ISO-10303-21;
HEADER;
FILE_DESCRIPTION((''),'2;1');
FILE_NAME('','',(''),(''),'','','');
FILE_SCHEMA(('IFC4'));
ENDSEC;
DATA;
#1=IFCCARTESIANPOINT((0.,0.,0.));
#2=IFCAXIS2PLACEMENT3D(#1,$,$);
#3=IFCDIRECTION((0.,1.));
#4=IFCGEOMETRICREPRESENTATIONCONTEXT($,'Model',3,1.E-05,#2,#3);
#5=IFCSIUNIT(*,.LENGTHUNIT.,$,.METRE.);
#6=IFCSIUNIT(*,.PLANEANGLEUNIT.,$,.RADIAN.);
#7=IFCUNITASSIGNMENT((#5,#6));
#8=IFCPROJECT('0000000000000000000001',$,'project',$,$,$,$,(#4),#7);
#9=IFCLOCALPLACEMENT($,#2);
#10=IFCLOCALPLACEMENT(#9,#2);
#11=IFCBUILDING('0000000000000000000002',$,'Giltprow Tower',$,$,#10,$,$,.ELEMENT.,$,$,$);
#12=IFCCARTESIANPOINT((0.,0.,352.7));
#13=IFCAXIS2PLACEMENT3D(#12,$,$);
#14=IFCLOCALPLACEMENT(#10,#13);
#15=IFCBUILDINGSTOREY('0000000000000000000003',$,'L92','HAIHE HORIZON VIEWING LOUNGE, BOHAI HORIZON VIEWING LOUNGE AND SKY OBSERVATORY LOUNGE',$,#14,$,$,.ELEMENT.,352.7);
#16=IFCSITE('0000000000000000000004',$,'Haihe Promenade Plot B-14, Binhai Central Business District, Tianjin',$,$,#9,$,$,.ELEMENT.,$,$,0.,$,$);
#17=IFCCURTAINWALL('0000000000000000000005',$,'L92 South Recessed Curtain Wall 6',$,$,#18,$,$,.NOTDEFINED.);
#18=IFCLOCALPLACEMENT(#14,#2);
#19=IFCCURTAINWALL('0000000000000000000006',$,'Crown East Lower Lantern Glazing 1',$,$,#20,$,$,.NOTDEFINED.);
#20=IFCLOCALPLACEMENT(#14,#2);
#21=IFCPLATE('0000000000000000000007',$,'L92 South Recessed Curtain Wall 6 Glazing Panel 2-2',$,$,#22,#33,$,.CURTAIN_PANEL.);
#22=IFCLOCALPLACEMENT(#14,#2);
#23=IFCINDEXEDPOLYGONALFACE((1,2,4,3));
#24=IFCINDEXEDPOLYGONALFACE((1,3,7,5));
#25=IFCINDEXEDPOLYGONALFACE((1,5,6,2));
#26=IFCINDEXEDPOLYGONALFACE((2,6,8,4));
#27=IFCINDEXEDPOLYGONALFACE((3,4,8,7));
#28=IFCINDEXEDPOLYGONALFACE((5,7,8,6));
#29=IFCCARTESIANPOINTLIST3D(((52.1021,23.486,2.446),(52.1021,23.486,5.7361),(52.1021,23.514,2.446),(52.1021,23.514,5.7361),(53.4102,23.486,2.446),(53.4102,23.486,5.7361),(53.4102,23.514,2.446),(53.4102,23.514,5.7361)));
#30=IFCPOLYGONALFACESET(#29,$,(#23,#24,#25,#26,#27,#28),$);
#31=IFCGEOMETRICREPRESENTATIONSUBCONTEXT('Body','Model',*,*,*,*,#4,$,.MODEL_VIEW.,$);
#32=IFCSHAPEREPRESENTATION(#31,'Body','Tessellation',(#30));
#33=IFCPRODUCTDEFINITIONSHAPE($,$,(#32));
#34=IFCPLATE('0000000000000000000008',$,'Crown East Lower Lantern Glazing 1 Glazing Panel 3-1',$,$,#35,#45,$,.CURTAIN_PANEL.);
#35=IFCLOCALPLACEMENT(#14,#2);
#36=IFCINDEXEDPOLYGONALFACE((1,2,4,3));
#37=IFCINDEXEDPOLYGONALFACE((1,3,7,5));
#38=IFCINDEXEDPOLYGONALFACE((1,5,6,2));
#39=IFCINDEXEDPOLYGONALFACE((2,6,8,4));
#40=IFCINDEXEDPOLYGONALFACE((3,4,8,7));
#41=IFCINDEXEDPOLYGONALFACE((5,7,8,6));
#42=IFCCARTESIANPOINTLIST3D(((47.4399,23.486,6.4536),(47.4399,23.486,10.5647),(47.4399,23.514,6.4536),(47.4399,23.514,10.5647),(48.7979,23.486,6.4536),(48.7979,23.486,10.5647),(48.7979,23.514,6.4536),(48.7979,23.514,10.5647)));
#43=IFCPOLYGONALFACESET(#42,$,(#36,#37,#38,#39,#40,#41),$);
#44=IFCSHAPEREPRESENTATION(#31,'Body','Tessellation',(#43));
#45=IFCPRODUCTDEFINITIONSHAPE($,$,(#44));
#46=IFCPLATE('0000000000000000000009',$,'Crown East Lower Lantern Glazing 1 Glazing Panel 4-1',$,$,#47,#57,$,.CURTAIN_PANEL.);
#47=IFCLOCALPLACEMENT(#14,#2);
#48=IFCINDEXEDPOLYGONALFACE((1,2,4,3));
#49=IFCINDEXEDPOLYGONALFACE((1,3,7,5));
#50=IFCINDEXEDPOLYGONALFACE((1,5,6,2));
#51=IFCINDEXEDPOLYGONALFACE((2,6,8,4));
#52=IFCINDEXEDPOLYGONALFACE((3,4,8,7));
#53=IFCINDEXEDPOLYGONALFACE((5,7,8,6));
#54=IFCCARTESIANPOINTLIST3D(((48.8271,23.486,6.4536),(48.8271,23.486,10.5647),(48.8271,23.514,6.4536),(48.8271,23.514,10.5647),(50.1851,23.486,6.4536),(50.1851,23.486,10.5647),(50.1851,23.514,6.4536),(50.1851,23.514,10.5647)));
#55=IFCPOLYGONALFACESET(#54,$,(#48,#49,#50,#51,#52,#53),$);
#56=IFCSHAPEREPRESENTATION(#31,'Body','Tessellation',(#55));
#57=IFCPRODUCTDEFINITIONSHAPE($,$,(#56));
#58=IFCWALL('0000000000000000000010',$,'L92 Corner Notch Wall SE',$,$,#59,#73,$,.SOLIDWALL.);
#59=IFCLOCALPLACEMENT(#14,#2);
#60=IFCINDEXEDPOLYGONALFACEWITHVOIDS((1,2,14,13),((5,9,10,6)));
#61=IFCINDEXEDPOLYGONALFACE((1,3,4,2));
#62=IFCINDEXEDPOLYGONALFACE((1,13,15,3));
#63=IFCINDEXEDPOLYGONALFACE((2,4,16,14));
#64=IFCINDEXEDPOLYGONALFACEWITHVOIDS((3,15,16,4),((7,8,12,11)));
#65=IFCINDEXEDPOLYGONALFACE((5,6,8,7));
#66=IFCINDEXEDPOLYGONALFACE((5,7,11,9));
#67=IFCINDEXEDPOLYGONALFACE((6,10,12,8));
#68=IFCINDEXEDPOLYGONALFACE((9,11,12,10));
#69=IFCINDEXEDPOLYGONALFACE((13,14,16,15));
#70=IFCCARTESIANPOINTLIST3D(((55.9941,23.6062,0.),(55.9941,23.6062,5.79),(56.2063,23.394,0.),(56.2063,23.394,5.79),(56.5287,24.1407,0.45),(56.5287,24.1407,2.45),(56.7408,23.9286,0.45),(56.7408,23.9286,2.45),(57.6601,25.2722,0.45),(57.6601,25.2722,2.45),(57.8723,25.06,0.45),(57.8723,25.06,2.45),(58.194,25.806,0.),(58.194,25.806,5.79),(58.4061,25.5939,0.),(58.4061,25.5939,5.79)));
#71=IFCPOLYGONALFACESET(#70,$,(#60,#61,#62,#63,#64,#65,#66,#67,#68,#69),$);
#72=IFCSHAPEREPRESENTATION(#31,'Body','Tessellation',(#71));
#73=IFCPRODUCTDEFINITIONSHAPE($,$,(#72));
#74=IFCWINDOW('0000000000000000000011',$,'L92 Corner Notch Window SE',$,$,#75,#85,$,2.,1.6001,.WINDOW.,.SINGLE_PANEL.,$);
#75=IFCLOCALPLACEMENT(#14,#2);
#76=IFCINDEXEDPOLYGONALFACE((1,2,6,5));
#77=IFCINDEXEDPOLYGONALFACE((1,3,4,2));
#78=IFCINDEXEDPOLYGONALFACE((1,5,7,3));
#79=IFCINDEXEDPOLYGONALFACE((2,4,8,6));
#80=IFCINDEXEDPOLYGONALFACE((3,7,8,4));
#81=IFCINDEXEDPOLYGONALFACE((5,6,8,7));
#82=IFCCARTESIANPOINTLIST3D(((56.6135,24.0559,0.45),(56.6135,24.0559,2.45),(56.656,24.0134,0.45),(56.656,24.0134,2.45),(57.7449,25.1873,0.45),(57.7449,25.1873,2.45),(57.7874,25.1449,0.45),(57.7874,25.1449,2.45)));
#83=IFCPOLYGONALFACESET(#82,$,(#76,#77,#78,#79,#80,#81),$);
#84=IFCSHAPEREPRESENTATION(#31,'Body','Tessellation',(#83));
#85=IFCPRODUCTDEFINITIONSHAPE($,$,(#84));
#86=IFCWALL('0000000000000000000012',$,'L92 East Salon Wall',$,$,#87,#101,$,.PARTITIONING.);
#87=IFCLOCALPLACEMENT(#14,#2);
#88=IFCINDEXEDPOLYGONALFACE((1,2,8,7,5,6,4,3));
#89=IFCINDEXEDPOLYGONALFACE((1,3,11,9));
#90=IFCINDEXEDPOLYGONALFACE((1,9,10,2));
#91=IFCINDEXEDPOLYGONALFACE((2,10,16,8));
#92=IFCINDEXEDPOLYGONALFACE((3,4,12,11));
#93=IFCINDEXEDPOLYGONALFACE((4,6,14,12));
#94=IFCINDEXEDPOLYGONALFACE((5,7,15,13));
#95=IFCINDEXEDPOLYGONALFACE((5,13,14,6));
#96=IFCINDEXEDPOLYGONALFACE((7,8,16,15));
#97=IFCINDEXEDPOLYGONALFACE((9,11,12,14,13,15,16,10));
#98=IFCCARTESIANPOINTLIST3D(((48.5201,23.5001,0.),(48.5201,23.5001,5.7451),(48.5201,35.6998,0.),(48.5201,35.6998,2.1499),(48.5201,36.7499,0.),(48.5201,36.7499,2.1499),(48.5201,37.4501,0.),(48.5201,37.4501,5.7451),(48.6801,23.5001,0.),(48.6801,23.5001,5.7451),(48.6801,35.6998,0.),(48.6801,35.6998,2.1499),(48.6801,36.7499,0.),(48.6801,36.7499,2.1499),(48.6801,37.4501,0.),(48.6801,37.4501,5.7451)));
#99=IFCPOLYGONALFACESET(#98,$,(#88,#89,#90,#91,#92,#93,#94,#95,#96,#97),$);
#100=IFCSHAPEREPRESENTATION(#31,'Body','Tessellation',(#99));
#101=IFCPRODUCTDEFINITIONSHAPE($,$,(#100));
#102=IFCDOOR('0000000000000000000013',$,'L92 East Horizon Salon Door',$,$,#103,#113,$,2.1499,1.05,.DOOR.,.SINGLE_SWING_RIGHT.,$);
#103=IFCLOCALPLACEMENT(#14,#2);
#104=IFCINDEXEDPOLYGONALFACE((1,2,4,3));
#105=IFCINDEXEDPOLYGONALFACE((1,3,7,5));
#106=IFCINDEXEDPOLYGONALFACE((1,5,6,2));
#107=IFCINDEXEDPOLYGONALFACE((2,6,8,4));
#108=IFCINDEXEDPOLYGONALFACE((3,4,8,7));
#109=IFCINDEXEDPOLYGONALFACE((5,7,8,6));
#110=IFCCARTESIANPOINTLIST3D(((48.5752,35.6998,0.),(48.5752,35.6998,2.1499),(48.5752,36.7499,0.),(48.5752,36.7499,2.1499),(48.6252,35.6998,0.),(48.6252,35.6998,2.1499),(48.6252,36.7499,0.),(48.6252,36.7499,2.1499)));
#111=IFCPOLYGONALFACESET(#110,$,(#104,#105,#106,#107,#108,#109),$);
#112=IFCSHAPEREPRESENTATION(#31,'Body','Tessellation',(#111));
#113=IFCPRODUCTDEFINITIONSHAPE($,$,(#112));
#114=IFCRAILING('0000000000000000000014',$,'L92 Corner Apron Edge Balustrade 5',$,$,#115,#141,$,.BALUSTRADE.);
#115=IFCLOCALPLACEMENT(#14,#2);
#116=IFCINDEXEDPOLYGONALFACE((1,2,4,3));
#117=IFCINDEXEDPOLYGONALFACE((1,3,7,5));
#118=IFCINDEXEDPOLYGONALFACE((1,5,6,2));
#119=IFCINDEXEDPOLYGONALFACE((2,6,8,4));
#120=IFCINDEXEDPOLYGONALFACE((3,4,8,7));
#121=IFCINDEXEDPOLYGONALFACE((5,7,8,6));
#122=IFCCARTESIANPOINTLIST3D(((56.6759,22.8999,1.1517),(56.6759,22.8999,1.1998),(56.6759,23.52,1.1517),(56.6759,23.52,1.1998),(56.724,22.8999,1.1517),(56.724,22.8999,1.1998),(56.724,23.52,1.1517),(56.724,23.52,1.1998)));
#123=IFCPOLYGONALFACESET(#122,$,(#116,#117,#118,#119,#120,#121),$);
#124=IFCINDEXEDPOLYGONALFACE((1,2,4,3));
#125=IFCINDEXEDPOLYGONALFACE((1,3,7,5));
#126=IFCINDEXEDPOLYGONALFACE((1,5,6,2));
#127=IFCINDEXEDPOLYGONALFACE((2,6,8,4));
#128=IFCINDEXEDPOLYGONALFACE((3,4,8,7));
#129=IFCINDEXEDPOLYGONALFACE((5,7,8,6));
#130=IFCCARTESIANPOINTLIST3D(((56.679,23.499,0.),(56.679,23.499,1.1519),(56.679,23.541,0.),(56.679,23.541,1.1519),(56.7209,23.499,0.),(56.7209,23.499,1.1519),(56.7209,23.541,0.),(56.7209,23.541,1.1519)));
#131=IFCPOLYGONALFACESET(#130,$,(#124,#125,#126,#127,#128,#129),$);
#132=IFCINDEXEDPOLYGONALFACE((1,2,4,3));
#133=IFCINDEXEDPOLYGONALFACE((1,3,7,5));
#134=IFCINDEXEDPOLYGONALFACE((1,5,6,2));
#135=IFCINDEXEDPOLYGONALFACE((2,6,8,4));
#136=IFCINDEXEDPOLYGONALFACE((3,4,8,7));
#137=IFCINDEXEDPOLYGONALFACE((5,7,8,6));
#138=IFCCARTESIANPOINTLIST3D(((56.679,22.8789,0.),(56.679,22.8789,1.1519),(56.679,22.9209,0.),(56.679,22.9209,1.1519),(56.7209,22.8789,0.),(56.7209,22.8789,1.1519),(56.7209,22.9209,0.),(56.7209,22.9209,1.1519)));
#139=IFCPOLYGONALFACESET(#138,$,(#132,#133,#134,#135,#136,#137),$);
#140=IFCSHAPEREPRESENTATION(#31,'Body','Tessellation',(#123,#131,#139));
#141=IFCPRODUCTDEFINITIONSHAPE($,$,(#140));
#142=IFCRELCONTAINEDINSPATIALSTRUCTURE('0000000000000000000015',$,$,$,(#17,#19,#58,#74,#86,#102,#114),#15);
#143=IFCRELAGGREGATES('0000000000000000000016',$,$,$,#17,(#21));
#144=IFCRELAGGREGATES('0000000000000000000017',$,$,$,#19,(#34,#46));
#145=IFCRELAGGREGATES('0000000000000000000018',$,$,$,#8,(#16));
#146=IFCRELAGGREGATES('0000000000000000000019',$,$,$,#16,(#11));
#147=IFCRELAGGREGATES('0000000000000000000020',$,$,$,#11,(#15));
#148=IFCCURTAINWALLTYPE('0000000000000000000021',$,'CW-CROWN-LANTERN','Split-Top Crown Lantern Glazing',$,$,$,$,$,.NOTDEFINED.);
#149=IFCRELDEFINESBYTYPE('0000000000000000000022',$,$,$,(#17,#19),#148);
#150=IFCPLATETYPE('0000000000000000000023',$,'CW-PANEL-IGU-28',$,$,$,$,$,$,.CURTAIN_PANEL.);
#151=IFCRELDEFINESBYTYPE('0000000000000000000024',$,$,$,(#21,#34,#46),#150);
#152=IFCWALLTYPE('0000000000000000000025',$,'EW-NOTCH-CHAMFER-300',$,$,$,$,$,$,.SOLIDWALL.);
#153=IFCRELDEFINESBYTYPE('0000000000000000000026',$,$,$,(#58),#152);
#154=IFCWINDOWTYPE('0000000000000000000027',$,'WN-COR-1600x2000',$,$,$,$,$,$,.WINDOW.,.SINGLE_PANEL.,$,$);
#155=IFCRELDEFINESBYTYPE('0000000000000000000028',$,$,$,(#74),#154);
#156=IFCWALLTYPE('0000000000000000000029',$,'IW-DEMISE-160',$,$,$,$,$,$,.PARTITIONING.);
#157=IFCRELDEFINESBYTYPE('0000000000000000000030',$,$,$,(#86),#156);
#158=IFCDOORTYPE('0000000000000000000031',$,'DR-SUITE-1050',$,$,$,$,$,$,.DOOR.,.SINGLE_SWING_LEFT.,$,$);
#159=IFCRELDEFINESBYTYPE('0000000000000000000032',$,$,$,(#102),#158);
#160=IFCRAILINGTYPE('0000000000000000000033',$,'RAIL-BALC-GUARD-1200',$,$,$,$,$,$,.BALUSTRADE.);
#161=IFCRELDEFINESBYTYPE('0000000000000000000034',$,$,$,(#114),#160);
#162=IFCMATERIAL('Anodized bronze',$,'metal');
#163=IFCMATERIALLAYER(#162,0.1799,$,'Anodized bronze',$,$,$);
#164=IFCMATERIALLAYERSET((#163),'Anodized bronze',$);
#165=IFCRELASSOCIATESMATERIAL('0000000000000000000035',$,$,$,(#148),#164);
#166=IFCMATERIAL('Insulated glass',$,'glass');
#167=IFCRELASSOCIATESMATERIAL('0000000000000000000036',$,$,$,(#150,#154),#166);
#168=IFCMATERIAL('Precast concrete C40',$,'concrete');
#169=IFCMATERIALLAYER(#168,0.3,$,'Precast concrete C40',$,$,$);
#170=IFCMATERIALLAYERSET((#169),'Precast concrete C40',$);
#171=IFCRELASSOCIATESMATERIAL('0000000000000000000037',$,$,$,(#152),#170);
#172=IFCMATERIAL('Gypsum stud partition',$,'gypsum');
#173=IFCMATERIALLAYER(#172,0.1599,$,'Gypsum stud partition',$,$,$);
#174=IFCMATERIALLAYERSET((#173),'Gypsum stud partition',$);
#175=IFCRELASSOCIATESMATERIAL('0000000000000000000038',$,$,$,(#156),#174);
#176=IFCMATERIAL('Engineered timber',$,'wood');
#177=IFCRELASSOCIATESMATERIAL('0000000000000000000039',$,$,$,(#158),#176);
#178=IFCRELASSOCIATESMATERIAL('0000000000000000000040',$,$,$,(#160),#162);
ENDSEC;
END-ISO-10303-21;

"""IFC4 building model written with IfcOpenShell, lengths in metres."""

from ifc_helpers import new_model, si_unit, direction, frame, frame_2d, origin, origin_2d, place, context, subcontext, project, spatial, rectangle, extrude, source, transform, mapped, material, layer, layer_set, type_object, element, fill, aggregate, save


model = new_model("IFC4")

# Units and contexts
model_context = context("Model", 3, precision=1e-05, world=origin(), true_north=direction((0.0, 1.0)))
body_context = subcontext(model_context, "Body", "Model", "MODEL_VIEW")
ifc_project = project(units=[si_unit("LENGTHUNIT", "METRE"), si_unit("PLANEANGLEUNIT", "RADIAN")], contexts=[model_context])

# Site, building, storey
site_placement = place(None, origin())
site = spatial("IfcSite", under=ifc_project, at=site_placement, Name="Haihe Promenade Plot B-14, Binhai Central Business District, Tianjin", CompositionType="ELEMENT", RefElevation=0.0)
building_placement = place(site_placement, origin())
building = spatial("IfcBuilding", under=site, at=building_placement, Name="Giltprow Tower", CompositionType="ELEMENT")
storey_placement = place(building_placement, frame((0.0, 0.0, 352.7)))
storey = spatial("IfcBuildingStorey", under=building, at=storey_placement, Name="L92", Description="HAIHE HORIZON VIEWING LOUNGE, BOHAI HORIZON VIEWING LOUNGE AND SKY OBSERVATORY LOUNGE", CompositionType="ELEMENT", Elevation=352.7)

# Curtain walls
ifc_material_1 = material(Name="Anodized bronze", Category="metal")
ifc_layer_1 = layer(ifc_material_1, 0.1799, Name="Anodized bronze")
ifc_layer_set_1 = layer_set([ifc_layer_1], Name="Anodized bronze")
curtain_wall_type = type_object("IfcCurtainWallType", Name="CW-CROWN-LANTERN", Description="Split-Top Crown Lantern Glazing", PredefinedType="NOTDEFINED", material=ifc_layer_set_1)
curtain_wall_1_placement = place(storey_placement, origin())
curtain_wall_1 = element("IfcCurtainWall", 1, at=curtain_wall_1_placement, inside=storey, type_object=curtain_wall_type, Name="L92 South Recessed Curtain Wall 6", PredefinedType="NOTDEFINED")
curtain_wall_2_placement = place(storey_placement, origin())
curtain_wall_2 = element("IfcCurtainWall", 2, at=curtain_wall_2_placement, inside=storey, type_object=curtain_wall_type, Name="Crown East Lower Lantern Glazing 1", PredefinedType="NOTDEFINED")

# Plates
ifc_material_2 = material(Name="Insulated glass", Category="glass")
plate_type_1 = type_object("IfcPlateType", Name="CW-PANEL-IGU-28", PredefinedType="CURTAIN_PANEL", material=ifc_material_2)
shared_shape_1 = source(origin(), body_context, "Body", "SweptSolid", [
    extrude(rectangle(XDim=1.3081, YDim=0.0281, at=origin_2d()), origin(), (0.0, 0.0, 1.0), 3.29),
])
plate_1_placement = place(storey_placement, frame((52.7561, 23.5, 2.446), z_axis=(0.0, 0.0, 1.0), x_axis=(1.0, 0.0, 0.0)))
plate_1 = element("IfcPlate", 3, at=plate_1_placement, type_object=plate_type_1, Name="L92 South Recessed Curtain Wall 6 Glazing Panel 2-2", PredefinedType="CURTAIN_PANEL", context=body_context, shape_type="MappedRepresentation", body=[
    mapped(shared_shape_1, transform((0.0, 0.0, 0.0), x_axis=(1.0, 0.0, 0.0), y_axis=(0.0, 1.0, 0.0), z_axis=(0.0, 0.0, 1.0), scale=1.0)),
])
aggregate(curtain_wall_1, [plate_1])
shared_shape_2 = source(origin(), body_context, "Body", "SweptSolid", [
    extrude(rectangle(XDim=1.3579, YDim=0.0281, at=origin_2d()), origin(), (0.0, 0.0, 1.0), 4.1111),
])
plate_2_placement = place(storey_placement, frame((48.1189, 23.5, 6.4536), z_axis=(0.0, 0.0, 1.0), x_axis=(1.0, 0.0, 0.0)))
plate_2 = element("IfcPlate", 4, at=plate_2_placement, type_object=plate_type_1, Name="Crown East Lower Lantern Glazing 1 Glazing Panel 3-1", PredefinedType="CURTAIN_PANEL", context=body_context, shape_type="MappedRepresentation", body=[
    mapped(shared_shape_2, transform((0.0, 0.0, 0.0), x_axis=(1.0, 0.0, 0.0), y_axis=(0.0, 1.0, 0.0), z_axis=(0.0, 0.0, 1.0), scale=1.0)),
])
plate_3_placement = place(storey_placement, frame((49.5061, 23.5, 6.4536), z_axis=(0.0, 0.0, 1.0), x_axis=(1.0, 0.0, 0.0)))
plate_3 = element("IfcPlate", 5, at=plate_3_placement, type_object=plate_type_1, Name="Crown East Lower Lantern Glazing 1 Glazing Panel 4-1", PredefinedType="CURTAIN_PANEL", context=body_context, shape_type="MappedRepresentation", body=[
    mapped(shared_shape_2, transform((0.0, 0.0, 0.0), x_axis=(1.0, 0.0, 0.0), y_axis=(0.0, 1.0, 0.0), z_axis=(0.0, 0.0, 1.0), scale=1.0)),
])
aggregate(curtain_wall_2, [plate_2, plate_3])

# Wall, opening, window
ifc_material_3 = material(Name="Precast concrete C40", Category="concrete")
ifc_layer_2 = layer(ifc_material_3, 0.3, Name="Precast concrete C40")
ifc_layer_set_2 = layer_set([ifc_layer_2], Name="Precast concrete C40")
wall_type_1 = type_object("IfcWallType", Name="EW-NOTCH-CHAMFER-300", PredefinedType="SOLIDWALL", material=ifc_layer_set_2)
wall_1_placement = place(storey_placement, frame((56.1001, 23.5, 0.0), z_axis=(0.0, 0.0, 1.0), x_axis=(0.707107, 0.707107, 0.0)))
wall_1 = element("IfcWall", 6, at=wall_1_placement, inside=storey, type_object=wall_type_1, Name="L92 Corner Notch Wall SE", PredefinedType="SOLIDWALL", context=body_context, shape_type="SweptSolid", body=[
    extrude(rectangle(XDim=3.1111, YDim=0.3, at=frame_2d((1.5557, 0.0))), origin(), (0.0, 0.0, 1.0), 5.79),
])
opening_1_placement = place(wall_1_placement, frame((0.7561, 0.0, 0.45)))
opening_1 = element("IfcOpeningElement", 7, at=opening_1_placement, cuts=wall_1, PredefinedType="OPENING", context=body_context, shape_type="SweptSolid", body=[
    extrude(rectangle(XDim=1.6001, YDim=2.0, at=frame_2d((0.8, 1.0))), frame((0.0, 0.1599, 0.0), z_axis=(0.0, -1.0, 0.0), x_axis=(1.0, 0.0, 0.0)), (0.0, 0.0, 1.0), 0.3201),
])
window_type = type_object("IfcWindowType", Name="WN-COR-1600x2000", PartitioningType="SINGLE_PANEL", PredefinedType="WINDOW", material=ifc_material_2)
shared_shape_3 = source(origin(), body_context, "Body", "SweptSolid", [
    extrude(rectangle(XDim=1.6001, YDim=2.0, at=frame_2d((0.8, 1.0))), frame((0.0, 0.03, 0.0), z_axis=(0.0, -1.0, 0.0), x_axis=(1.0, 0.0, 0.0)), (0.0, 0.0, 1.0), 0.0601),
])
window_placement = place(opening_1_placement, origin())
window = element("IfcWindow", 8, at=window_placement, inside=storey, type_object=window_type, Name="L92 Corner Notch Window SE", OverallHeight=2.0, OverallWidth=1.6001, PartitioningType="SINGLE_PANEL", PredefinedType="WINDOW", context=body_context, shape_type="MappedRepresentation", body=[
    mapped(shared_shape_3, transform((0.0, 0.0, 0.0), x_axis=(1.0, 0.0, 0.0), y_axis=(0.0, 1.0, 0.0), z_axis=(0.0, 0.0, 1.0), scale=1.0)),
])
fill(opening_1, window)

# Wall, opening, door
ifc_material_4 = material(Name="Gypsum stud partition", Category="gypsum")
ifc_layer_3 = layer(ifc_material_4, 0.1599, Name="Gypsum stud partition")
ifc_layer_set_3 = layer_set([ifc_layer_3], Name="Gypsum stud partition")
wall_type_2 = type_object("IfcWallType", Name="IW-DEMISE-160", PredefinedType="PARTITIONING", material=ifc_layer_set_3)
wall_2_placement = place(storey_placement, frame((48.6001, 23.5, 0.0), z_axis=(0.0, 0.0, 1.0), x_axis=(0.0, 1.0, 0.0)))
wall_2 = element("IfcWall", 9, at=wall_2_placement, inside=storey, type_object=wall_type_2, Name="L92 East Salon Wall", PredefinedType="PARTITIONING", context=body_context, shape_type="SweptSolid", body=[
    extrude(rectangle(XDim=13.95, YDim=0.1599, at=frame_2d((6.9751, 0.0))), origin(), (0.0, 0.0, 1.0), 5.7451),
])
opening_2_placement = place(wall_2_placement, frame((12.2, 0.0, 0.0)))
opening_2 = element("IfcOpeningElement", 10, at=opening_2_placement, cuts=wall_2, PredefinedType="OPENING", context=body_context, shape_type="SweptSolid", body=[
    extrude(rectangle(XDim=1.05, YDim=2.1499, at=frame_2d((0.5249, 1.075))), frame((0.0, 0.0898, 0.0), z_axis=(0.0, -1.0, 0.0), x_axis=(1.0, 0.0, 0.0)), (0.0, 0.0, 1.0), 0.1799),
])
ifc_material_5 = material(Name="Engineered timber", Category="wood")
door_type = type_object("IfcDoorType", Name="DR-SUITE-1050", OperationType="SINGLE_SWING_LEFT", PredefinedType="DOOR", material=ifc_material_5)
shared_shape_4 = source(origin(), body_context, "Body", "SweptSolid", [
    extrude(rectangle(XDim=1.05, YDim=2.1499, at=frame_2d((0.5249, 1.075))), frame((0.0, 0.0249, 0.0), z_axis=(0.0, -1.0, 0.0), x_axis=(1.0, 0.0, 0.0)), (0.0, 0.0, 1.0), 0.05),
])
door_placement = place(opening_2_placement, origin())
door = element("IfcDoor", 11, at=door_placement, inside=storey, type_object=door_type, Name="L92 East Horizon Salon Door", OperationType="SINGLE_SWING_RIGHT", OverallHeight=2.1499, OverallWidth=1.05, PredefinedType="DOOR", context=body_context, shape_type="MappedRepresentation", body=[
    mapped(shared_shape_4, transform((0.0, 0.0, 0.0), x_axis=(1.0, 0.0, 0.0), y_axis=(0.0, 1.0, 0.0), z_axis=(0.0, 0.0, 1.0), scale=1.0)),
])
fill(opening_2, door)

# Railing
railing_type = type_object("IfcRailingType", Name="RAIL-BALC-GUARD-1200", PredefinedType="BALUSTRADE", material=ifc_material_1)
railing_1_placement = place(storey_placement, frame((56.7, 23.52, 0.0)))
element("IfcRailing", 12, at=railing_1_placement, inside=storey, type_object=railing_type, Name="L92 Corner Apron Edge Balustrade 5", PredefinedType="BALUSTRADE", context=body_context, shape_type="SweptSolid", body=[
    extrude(rectangle(XDim=0.0481, YDim=0.0481, at=origin_2d()), frame((0.0, 0.0, 1.1758), z_axis=(0.0, -1.0, 0.0), x_axis=(1.0, 0.0, 0.0)), (0.0, 0.0, 1.0), 0.6201),
    extrude(rectangle(XDim=0.042, YDim=0.042, at=origin_2d()), origin(), (0.0, 0.0, 1.0), 1.1519),
    extrude(rectangle(XDim=0.042, YDim=0.042, at=origin_2d()), frame((0.0, -0.6201, 0.0)), (0.0, 0.0, 1.0), 1.1519),
])

save(model, "model.ifc")
